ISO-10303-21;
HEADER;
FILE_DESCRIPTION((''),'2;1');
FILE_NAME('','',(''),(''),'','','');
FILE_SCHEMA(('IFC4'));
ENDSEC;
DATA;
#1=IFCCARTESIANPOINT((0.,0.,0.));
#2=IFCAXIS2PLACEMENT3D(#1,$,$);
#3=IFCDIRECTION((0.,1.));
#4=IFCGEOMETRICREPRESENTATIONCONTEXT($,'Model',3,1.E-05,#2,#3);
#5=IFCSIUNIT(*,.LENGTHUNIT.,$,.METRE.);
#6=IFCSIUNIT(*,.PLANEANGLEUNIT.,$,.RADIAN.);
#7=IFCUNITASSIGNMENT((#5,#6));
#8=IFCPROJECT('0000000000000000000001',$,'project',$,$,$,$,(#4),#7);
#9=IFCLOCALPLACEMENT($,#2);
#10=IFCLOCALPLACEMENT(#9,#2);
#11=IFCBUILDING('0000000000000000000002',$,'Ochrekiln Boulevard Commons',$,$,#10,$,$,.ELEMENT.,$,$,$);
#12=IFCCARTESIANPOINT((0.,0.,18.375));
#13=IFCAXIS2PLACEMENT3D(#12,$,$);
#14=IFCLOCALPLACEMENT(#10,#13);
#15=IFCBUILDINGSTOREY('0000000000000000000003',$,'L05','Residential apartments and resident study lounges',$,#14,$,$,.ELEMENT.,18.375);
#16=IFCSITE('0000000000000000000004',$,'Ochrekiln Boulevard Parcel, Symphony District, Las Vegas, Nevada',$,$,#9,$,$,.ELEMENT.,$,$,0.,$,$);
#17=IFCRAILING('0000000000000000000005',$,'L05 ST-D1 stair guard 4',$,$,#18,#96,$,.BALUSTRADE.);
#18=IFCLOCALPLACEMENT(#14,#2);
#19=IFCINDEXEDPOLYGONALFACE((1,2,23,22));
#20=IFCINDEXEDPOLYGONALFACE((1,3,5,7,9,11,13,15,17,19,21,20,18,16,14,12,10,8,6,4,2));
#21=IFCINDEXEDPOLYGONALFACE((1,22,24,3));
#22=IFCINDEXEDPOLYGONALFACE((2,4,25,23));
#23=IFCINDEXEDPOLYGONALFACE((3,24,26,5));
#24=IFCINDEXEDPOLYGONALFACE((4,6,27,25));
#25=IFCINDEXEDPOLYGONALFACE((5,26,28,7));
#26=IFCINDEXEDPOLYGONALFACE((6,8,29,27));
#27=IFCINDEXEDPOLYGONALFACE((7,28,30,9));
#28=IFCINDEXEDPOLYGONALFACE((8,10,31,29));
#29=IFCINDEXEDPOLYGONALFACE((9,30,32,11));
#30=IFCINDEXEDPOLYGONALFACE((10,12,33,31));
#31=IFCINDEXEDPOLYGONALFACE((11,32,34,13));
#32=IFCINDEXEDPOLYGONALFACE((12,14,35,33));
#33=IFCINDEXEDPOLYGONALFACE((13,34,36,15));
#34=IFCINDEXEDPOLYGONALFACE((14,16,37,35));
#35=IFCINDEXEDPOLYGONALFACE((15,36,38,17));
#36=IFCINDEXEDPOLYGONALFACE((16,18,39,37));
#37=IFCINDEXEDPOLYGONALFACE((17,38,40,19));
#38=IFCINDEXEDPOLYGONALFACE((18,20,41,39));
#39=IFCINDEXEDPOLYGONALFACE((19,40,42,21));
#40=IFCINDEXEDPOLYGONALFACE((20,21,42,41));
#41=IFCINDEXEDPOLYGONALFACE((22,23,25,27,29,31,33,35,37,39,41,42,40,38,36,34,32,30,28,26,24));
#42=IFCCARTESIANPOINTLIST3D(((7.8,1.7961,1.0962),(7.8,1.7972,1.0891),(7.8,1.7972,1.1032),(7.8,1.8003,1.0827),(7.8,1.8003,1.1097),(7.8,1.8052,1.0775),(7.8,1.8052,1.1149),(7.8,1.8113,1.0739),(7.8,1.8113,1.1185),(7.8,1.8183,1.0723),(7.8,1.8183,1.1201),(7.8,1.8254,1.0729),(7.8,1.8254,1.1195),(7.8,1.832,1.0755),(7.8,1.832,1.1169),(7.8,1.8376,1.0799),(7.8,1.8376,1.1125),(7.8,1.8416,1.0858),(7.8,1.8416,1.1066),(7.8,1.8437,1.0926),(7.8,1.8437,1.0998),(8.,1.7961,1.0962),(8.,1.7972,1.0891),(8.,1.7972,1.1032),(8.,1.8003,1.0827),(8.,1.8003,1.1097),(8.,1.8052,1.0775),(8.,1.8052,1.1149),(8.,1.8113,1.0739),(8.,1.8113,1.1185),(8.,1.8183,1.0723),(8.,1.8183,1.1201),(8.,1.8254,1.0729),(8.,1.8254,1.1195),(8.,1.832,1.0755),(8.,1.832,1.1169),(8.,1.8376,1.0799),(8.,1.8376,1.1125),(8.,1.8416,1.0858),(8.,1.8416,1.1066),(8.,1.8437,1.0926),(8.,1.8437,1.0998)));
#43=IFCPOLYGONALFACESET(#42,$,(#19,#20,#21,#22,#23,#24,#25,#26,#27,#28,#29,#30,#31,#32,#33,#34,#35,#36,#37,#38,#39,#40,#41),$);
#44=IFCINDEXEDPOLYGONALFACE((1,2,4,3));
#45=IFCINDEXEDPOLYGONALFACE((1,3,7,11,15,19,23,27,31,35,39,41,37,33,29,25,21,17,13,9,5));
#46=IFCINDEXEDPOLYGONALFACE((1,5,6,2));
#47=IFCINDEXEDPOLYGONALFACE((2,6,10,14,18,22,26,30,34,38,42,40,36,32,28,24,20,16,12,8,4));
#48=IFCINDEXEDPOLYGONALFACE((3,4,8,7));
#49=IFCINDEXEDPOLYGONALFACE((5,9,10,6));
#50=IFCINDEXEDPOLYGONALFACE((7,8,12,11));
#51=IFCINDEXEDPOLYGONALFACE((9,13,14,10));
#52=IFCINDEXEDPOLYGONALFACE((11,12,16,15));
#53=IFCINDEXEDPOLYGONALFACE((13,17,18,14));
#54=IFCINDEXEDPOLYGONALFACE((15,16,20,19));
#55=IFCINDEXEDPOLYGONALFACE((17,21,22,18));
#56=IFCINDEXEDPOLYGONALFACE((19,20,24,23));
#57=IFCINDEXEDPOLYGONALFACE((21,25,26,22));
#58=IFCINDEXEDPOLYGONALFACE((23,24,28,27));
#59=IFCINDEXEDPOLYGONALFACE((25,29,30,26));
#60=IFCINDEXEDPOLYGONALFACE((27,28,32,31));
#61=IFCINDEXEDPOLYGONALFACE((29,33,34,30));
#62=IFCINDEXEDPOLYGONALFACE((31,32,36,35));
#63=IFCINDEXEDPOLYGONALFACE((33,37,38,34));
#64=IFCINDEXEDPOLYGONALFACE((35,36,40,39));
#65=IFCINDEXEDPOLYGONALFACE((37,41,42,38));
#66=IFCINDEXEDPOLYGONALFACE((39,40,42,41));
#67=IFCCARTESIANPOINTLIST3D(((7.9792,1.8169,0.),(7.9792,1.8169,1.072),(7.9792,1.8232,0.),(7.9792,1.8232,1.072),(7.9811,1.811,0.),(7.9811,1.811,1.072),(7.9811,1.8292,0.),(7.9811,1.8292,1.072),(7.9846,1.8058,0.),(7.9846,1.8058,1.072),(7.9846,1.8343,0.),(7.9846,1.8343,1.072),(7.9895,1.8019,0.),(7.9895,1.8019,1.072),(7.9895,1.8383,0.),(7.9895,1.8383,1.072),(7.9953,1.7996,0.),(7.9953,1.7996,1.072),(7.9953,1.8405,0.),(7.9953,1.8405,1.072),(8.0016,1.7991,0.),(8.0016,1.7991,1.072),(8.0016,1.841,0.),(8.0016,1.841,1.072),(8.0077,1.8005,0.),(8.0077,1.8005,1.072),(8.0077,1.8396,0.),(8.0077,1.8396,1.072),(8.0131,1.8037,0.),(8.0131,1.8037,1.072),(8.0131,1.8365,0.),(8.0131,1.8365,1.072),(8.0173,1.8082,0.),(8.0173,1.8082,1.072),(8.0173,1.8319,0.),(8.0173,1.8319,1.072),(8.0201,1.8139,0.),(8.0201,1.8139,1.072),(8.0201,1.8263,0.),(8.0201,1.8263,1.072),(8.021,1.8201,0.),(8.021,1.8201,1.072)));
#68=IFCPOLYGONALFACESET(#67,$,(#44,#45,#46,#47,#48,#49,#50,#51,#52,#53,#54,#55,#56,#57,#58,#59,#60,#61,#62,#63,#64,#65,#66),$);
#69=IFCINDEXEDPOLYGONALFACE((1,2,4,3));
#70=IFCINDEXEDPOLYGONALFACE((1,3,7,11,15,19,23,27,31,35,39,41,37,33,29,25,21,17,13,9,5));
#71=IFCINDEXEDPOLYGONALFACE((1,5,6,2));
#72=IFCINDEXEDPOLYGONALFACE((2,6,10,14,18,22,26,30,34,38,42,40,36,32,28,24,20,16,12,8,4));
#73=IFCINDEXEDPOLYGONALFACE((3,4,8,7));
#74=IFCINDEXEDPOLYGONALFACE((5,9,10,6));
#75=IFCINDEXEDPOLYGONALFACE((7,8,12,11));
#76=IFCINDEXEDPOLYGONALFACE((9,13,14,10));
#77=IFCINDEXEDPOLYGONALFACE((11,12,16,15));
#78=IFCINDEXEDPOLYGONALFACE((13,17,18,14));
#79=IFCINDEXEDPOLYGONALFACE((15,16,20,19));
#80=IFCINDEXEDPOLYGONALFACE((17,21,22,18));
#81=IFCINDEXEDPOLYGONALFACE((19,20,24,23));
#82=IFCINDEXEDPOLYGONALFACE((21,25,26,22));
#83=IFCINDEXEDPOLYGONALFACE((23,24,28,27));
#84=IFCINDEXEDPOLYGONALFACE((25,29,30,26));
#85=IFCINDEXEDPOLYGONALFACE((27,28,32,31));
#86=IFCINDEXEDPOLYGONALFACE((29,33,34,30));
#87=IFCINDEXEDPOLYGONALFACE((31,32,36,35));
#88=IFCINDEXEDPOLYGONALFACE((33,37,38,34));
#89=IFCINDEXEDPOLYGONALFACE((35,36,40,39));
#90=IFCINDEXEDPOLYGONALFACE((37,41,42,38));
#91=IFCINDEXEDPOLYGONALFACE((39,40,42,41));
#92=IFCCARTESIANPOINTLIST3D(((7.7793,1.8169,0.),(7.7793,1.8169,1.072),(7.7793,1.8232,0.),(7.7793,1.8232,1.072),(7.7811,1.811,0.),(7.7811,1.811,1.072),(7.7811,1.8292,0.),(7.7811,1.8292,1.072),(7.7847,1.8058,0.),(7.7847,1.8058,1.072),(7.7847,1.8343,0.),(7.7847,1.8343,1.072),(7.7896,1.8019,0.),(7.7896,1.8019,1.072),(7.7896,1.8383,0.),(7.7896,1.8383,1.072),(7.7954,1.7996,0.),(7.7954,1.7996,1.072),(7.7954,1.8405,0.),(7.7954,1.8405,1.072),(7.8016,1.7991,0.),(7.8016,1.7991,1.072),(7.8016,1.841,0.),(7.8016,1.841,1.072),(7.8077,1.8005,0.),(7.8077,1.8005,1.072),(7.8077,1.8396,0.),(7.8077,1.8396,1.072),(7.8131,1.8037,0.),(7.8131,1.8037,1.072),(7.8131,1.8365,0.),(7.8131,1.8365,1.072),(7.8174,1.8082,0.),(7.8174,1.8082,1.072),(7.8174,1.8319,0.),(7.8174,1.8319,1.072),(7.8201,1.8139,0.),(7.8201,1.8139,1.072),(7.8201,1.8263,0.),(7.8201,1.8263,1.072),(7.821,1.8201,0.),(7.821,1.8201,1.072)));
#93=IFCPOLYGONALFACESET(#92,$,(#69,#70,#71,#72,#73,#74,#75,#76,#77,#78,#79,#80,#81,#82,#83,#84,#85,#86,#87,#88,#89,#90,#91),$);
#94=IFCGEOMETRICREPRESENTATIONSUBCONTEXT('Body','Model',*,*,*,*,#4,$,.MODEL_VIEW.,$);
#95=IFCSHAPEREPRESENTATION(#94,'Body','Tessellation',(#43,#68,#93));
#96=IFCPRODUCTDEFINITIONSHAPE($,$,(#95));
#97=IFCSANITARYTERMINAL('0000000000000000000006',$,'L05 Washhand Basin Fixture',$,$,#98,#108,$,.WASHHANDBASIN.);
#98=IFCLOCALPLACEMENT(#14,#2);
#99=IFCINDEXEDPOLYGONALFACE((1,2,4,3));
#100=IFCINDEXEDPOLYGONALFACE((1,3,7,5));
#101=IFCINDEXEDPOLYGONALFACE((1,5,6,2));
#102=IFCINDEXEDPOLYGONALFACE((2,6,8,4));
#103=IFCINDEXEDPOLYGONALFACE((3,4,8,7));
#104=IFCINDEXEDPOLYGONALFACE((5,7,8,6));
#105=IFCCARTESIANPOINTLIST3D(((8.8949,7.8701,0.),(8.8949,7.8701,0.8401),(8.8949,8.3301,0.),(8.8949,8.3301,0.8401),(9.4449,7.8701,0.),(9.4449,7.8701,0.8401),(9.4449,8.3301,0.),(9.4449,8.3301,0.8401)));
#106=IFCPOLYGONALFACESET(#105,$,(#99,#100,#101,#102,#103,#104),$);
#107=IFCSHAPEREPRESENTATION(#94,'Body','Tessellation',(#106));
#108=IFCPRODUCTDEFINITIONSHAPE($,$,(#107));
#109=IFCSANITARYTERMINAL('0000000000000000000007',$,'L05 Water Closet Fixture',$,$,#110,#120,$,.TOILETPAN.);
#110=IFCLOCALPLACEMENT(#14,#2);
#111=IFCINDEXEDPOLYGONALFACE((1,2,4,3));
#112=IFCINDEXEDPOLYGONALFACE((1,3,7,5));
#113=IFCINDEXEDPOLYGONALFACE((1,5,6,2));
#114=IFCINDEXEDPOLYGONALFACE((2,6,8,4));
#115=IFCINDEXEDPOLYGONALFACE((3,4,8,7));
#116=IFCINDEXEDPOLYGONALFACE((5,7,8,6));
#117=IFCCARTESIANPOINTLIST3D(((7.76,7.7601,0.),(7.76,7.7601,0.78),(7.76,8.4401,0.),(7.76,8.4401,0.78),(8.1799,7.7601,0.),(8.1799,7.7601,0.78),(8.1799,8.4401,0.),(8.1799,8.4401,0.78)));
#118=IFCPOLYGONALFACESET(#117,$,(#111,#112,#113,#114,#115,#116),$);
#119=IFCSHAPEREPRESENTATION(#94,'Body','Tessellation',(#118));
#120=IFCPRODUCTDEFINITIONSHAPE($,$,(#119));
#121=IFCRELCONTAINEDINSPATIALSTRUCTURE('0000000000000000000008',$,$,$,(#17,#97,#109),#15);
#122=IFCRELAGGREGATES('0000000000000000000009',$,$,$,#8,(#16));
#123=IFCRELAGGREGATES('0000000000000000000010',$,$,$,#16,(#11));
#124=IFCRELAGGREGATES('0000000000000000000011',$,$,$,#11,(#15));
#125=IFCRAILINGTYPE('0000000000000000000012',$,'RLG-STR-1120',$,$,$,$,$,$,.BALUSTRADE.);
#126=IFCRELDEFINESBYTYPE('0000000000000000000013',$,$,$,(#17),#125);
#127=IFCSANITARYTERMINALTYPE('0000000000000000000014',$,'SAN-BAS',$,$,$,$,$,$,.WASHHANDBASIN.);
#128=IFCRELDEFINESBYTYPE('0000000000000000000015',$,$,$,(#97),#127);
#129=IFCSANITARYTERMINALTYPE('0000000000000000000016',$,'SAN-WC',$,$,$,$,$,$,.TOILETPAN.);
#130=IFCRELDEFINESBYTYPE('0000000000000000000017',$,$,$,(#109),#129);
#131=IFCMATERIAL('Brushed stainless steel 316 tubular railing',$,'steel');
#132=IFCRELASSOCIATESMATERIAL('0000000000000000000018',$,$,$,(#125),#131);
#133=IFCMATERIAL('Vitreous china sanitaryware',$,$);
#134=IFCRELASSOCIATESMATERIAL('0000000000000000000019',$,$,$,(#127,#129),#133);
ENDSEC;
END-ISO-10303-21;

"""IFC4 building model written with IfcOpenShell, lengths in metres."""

from ifc_helpers import new_model, si_unit, direction, frame, origin, origin_2d, place, context, subcontext, project, spatial, rectangle, circle, extrude, material, type_object, element, save


model = new_model("IFC4")

# Units and contexts
model_context = context("Model", 3, precision=1e-05, world=origin(), true_north=direction((0.0, 1.0)))
body_context = subcontext(model_context, "Body", "Model", "MODEL_VIEW")
ifc_project = project(units=[si_unit("LENGTHUNIT", "METRE"), si_unit("PLANEANGLEUNIT", "RADIAN")], contexts=[model_context])

# Site, building, storey
site_placement = place(None, origin())
site = spatial("IfcSite", under=ifc_project, at=site_placement, Name="Ochrekiln Boulevard Parcel, Symphony District, Las Vegas, Nevada", CompositionType="ELEMENT", RefElevation=0.0)
building_placement = place(site_placement, origin())
building = spatial("IfcBuilding", under=site, at=building_placement, Name="Ochrekiln Boulevard Commons", CompositionType="ELEMENT")
storey_placement = place(building_placement, frame((0.0, 0.0, 18.375)))
storey = spatial("IfcBuildingStorey", under=building, at=storey_placement, Name="L05", Description="Residential apartments and resident study lounges", CompositionType="ELEMENT", Elevation=18.375)

# Railing
ifc_material_1 = material(Name="Brushed stainless steel 316 tubular railing", Category="steel")
railing_type_1 = type_object("IfcRailingType", Name="RLG-STR-1120", PredefinedType="BALUSTRADE", material=ifc_material_1)
railing_1_placement = place(storey_placement, frame((8.0, 1.8201, 0.0)))
element("IfcRailing", 1, at=railing_1_placement, inside=storey, type_object=railing_type_1, Name="L05 ST-D1 stair guard 4", PredefinedType="BALUSTRADE", context=body_context, shape_type="SweptSolid", body=[
    extrude(circle(Radius=0.0239, at=origin_2d()), frame((0.0, 0.0, 1.0962), z_axis=(-1.0, 0.0, 0.0), x_axis=(0.0, -1.0, 0.0)), (0.0, 0.0, 1.0), 0.2),
    extrude(circle(Radius=0.021, at=origin_2d()), origin(), (0.0, 0.0, 1.0), 1.072),
    extrude(circle(Radius=0.021, at=origin_2d()), frame((-0.2, 0.0, 0.0)), (0.0, 0.0, 1.0), 1.072),
])

# Sanitary terminals
ifc_material_2 = material(Name="Vitreous china sanitaryware")
sanitary_terminal_type_1 = type_object("IfcSanitaryTerminalType", Name="SAN-BAS", PredefinedType="WASHHANDBASIN", material=ifc_material_2)
sanitary_terminal_1_placement = place(storey_placement, frame((9.1699, 8.1001, 0.0), z_axis=(0.0, 0.0, 1.0), x_axis=(1.0, 0.0, 0.0)))
element("IfcSanitaryTerminal", 2, at=sanitary_terminal_1_placement, inside=storey, type_object=sanitary_terminal_type_1, Name="L05 Washhand Basin Fixture", PredefinedType="WASHHANDBASIN", context=body_context, shape_type="SweptSolid", body=[
    extrude(rectangle(XDim=0.55, YDim=0.46, at=origin_2d()), origin(), (0.0, 0.0, 1.0), 0.8401),
])
sanitary_terminal_type_2 = type_object("IfcSanitaryTerminalType", Name="SAN-WC", PredefinedType="TOILETPAN", material=ifc_material_2)
sanitary_terminal_2_placement = place(storey_placement, frame((7.97, 8.1001, 0.0), z_axis=(0.0, 0.0, 1.0), x_axis=(1.0, 0.0, 0.0)))
element("IfcSanitaryTerminal", 3, at=sanitary_terminal_2_placement, inside=storey, type_object=sanitary_terminal_type_2, Name="L05 Water Closet Fixture", PredefinedType="TOILETPAN", context=body_context, shape_type="SweptSolid", body=[
    extrude(rectangle(XDim=0.4199, YDim=0.6799, at=origin_2d()), origin(), (0.0, 0.0, 1.0), 0.78),
])

save(model, "model.ifc")
